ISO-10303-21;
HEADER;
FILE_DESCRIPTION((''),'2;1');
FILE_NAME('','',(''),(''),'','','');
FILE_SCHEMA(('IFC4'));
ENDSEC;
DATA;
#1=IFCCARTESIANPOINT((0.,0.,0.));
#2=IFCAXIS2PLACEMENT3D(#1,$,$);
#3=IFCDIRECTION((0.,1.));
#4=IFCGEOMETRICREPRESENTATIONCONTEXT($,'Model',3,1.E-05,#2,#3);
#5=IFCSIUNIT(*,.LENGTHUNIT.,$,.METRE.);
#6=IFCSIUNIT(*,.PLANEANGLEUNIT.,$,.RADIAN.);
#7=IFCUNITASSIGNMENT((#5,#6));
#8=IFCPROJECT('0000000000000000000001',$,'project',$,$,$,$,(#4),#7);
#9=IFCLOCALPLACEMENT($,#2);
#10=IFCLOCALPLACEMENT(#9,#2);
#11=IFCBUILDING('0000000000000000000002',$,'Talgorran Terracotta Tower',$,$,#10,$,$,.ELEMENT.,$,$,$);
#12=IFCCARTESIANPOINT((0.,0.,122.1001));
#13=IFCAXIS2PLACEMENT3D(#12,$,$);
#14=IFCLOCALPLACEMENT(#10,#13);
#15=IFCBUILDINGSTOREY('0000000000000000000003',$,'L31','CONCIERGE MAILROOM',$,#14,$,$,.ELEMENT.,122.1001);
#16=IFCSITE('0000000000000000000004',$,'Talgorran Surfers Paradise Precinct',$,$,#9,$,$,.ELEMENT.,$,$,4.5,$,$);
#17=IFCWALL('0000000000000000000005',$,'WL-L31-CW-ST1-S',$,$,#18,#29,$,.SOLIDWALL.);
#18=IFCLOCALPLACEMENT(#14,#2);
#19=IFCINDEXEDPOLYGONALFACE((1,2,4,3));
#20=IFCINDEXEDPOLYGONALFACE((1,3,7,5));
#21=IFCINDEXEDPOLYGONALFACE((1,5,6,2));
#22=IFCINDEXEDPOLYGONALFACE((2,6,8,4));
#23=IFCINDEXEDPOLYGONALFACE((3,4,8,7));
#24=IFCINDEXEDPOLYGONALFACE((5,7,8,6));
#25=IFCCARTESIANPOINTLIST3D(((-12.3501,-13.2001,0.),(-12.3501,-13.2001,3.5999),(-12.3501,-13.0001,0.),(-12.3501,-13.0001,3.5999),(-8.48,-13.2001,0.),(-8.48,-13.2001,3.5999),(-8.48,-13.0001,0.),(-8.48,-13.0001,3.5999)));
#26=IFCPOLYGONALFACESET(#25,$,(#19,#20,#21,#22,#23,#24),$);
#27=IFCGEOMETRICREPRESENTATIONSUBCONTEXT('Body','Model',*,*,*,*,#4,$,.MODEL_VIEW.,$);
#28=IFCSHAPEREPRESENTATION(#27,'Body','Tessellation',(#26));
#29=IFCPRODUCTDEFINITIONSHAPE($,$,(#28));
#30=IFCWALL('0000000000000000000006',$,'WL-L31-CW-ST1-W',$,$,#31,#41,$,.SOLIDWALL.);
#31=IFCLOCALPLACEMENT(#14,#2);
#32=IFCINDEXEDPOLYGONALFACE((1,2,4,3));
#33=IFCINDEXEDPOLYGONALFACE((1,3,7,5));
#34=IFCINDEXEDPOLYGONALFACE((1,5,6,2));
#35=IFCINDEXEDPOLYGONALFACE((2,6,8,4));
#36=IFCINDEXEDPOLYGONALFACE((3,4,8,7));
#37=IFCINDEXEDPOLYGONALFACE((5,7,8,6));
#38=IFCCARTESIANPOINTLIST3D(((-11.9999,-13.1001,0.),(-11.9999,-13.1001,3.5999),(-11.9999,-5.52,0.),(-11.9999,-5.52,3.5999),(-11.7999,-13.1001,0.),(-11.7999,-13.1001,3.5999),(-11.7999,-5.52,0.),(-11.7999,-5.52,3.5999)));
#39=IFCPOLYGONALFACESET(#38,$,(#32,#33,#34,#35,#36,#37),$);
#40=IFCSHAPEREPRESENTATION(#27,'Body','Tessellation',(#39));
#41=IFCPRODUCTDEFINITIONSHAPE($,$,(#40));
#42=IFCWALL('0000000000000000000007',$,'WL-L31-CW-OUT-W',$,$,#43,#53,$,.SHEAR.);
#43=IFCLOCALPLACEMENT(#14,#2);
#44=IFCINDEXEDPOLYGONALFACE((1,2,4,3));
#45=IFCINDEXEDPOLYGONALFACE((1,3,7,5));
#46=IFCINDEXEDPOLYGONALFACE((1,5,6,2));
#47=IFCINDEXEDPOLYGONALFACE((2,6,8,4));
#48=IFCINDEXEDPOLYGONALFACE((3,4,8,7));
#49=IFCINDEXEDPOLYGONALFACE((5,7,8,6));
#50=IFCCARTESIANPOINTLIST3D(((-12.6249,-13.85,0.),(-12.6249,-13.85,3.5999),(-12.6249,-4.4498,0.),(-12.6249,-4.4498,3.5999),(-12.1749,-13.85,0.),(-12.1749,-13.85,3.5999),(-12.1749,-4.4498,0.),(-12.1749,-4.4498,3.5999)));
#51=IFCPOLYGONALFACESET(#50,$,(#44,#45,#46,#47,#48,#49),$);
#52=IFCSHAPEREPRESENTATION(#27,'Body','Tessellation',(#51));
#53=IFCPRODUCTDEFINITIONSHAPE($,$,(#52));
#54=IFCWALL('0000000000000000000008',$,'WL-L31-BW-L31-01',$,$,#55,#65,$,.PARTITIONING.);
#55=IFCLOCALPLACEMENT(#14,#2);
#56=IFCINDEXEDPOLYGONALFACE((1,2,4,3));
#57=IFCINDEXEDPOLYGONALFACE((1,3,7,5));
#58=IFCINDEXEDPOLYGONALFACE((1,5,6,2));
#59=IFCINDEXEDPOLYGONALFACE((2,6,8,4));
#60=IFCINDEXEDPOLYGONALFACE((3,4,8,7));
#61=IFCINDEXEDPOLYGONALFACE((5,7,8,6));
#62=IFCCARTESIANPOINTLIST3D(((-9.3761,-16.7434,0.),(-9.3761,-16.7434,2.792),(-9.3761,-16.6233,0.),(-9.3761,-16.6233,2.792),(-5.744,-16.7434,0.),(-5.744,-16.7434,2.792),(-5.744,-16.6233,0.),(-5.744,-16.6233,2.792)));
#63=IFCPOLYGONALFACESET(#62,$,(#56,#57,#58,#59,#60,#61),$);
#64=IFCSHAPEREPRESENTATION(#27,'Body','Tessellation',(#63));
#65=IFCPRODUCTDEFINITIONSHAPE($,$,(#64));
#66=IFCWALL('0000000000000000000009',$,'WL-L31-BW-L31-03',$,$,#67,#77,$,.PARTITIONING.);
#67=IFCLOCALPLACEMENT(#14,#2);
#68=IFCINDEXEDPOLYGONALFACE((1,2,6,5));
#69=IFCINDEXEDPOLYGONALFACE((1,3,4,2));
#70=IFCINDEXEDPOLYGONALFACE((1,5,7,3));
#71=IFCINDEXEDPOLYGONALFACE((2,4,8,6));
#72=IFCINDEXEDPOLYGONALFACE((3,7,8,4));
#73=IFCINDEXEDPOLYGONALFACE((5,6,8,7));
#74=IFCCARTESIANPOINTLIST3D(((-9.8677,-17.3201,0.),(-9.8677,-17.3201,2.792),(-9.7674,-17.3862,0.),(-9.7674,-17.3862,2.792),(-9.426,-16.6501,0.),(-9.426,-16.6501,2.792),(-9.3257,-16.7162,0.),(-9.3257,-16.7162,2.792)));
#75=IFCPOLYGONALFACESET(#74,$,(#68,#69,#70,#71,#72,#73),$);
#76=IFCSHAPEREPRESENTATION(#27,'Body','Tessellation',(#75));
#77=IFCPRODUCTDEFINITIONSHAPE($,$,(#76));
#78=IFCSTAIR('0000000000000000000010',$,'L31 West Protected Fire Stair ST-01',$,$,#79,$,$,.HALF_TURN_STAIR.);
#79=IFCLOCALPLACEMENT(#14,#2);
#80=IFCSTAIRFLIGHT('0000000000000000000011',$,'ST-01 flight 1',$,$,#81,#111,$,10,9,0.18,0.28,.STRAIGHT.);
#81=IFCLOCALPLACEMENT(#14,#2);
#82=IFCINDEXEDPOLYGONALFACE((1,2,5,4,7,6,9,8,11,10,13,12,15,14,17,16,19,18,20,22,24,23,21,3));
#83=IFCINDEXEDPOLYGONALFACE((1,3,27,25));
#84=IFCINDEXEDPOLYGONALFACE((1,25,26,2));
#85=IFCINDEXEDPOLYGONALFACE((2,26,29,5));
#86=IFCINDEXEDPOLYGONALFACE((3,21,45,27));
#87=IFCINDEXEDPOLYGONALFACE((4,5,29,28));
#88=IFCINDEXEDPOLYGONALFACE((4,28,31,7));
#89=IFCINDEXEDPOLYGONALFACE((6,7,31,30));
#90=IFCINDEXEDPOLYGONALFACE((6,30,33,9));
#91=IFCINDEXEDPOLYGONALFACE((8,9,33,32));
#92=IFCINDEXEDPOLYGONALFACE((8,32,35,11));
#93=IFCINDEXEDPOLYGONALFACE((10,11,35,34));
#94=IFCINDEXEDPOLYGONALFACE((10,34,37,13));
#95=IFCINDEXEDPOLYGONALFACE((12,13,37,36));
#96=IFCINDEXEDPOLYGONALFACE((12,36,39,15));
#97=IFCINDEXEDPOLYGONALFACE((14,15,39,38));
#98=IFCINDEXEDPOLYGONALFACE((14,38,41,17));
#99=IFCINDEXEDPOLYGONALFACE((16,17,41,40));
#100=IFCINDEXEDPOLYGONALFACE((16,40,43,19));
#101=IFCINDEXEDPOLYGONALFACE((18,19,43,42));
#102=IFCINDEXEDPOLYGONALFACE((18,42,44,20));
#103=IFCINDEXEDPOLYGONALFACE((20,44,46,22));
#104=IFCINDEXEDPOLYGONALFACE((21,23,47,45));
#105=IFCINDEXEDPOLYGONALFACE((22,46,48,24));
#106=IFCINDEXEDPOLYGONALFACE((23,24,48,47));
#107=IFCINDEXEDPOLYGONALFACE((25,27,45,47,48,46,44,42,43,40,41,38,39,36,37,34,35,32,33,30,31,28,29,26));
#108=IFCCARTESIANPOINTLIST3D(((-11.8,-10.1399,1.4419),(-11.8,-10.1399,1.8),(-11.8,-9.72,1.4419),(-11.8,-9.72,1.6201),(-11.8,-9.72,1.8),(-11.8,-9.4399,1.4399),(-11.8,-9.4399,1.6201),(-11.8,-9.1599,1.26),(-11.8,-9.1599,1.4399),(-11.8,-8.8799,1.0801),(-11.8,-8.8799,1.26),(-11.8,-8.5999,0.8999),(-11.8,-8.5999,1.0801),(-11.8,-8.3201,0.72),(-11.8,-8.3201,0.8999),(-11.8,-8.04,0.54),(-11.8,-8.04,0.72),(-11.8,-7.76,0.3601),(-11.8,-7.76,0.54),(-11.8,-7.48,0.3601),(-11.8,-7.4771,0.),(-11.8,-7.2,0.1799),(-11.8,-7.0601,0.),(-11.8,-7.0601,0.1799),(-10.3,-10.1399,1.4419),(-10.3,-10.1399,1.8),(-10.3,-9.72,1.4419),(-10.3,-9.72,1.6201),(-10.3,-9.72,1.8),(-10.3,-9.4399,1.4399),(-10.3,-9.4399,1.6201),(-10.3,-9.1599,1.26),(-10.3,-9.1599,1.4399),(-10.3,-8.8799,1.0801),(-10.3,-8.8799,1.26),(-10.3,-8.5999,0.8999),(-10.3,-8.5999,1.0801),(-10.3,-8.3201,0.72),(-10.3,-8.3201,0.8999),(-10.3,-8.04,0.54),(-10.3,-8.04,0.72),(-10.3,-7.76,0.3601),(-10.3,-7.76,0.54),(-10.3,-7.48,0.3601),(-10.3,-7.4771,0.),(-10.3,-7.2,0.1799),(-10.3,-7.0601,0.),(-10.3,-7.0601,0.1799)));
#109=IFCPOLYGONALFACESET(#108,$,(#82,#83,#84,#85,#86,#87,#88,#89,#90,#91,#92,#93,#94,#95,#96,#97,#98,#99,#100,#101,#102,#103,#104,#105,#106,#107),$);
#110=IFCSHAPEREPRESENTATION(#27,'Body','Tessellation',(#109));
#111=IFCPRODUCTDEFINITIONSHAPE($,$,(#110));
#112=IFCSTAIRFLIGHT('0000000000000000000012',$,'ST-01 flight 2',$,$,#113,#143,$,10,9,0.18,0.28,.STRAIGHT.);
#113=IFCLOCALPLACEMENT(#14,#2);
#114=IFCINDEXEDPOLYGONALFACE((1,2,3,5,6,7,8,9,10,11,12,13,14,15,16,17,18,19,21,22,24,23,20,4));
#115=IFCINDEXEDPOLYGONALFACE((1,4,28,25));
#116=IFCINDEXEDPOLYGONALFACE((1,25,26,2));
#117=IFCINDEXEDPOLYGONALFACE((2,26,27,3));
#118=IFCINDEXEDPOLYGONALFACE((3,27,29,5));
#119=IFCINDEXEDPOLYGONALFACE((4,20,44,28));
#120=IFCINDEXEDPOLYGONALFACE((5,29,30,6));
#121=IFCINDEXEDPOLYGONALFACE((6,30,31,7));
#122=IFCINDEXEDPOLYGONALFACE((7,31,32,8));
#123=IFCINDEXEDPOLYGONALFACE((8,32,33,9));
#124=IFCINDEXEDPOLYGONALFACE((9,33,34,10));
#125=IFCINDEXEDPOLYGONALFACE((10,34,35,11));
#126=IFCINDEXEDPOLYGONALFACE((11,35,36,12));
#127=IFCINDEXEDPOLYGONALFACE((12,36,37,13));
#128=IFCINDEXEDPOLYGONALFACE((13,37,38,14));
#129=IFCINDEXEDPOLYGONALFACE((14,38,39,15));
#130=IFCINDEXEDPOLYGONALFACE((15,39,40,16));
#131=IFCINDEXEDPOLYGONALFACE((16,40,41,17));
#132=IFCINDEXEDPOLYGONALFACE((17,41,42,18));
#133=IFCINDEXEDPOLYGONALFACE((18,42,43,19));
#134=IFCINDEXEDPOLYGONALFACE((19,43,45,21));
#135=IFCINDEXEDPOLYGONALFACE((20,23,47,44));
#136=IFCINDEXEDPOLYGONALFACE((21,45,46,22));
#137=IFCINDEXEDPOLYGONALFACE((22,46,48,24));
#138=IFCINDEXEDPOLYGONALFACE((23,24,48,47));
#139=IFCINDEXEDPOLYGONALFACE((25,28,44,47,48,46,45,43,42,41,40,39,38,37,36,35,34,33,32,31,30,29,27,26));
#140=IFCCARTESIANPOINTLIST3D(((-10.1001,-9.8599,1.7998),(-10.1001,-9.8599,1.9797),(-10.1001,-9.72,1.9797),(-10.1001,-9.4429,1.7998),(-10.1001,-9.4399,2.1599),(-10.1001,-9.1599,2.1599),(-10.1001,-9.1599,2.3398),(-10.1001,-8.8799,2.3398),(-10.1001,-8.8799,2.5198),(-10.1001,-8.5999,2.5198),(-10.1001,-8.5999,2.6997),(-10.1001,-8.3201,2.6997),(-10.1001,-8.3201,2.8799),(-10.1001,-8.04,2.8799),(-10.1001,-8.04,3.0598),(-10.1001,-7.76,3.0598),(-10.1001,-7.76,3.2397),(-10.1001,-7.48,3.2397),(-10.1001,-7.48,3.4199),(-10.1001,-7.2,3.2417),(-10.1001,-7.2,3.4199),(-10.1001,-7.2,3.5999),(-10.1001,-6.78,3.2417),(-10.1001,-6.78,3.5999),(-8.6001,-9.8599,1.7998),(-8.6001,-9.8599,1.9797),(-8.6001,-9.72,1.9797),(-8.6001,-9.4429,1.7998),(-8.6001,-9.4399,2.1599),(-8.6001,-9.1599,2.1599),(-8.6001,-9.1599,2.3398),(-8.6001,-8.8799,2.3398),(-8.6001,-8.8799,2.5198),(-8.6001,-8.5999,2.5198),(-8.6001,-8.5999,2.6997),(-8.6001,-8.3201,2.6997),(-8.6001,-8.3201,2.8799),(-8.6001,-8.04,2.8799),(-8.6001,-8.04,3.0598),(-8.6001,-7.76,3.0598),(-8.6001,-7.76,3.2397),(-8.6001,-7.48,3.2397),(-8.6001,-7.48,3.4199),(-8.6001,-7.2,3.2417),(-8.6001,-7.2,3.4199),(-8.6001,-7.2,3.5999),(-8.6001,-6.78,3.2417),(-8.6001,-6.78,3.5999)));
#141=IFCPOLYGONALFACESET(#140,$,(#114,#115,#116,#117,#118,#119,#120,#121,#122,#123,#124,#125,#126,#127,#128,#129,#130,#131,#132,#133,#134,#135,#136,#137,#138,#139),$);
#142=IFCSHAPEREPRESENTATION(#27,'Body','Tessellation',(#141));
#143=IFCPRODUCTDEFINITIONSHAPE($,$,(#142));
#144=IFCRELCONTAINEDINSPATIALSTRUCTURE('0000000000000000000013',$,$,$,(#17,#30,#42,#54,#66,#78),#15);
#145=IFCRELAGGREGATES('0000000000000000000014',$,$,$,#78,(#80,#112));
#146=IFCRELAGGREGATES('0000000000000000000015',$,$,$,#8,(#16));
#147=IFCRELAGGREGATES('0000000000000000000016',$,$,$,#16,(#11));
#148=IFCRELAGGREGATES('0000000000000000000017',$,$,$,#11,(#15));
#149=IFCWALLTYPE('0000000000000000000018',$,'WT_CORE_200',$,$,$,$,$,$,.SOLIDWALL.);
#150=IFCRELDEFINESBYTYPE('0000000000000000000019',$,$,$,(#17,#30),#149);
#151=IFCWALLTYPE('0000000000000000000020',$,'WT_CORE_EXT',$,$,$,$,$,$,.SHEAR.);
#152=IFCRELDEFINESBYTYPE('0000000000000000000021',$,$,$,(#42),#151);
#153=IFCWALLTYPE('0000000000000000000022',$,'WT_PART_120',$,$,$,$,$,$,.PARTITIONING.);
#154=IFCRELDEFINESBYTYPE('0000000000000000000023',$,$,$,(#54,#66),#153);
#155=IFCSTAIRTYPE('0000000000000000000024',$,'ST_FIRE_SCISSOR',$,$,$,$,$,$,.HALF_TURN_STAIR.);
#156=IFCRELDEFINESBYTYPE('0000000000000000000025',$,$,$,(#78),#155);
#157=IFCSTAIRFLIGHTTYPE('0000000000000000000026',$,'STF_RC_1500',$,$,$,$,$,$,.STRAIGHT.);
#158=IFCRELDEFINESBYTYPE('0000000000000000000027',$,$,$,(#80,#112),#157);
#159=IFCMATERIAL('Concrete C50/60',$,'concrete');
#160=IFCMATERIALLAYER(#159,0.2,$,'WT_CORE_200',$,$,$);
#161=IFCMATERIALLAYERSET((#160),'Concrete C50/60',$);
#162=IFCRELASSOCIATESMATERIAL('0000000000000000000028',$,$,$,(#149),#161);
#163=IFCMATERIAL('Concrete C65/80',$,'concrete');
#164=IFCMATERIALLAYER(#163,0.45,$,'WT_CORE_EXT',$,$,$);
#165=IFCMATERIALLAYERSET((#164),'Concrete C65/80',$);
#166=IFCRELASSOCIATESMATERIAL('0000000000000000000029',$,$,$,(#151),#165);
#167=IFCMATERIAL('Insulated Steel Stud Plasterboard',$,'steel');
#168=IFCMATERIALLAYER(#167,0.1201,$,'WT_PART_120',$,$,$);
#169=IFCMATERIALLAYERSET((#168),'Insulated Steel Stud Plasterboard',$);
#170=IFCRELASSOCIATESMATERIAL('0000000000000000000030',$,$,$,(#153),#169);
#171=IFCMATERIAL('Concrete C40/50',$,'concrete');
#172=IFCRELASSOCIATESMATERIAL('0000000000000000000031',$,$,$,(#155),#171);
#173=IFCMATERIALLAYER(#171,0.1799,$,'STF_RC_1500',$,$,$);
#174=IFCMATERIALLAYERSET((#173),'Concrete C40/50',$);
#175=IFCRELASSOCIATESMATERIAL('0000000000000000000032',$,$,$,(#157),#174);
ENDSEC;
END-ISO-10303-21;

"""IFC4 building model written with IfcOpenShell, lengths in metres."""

from ifc_helpers import new_model, si_unit, direction, frame, frame_2d, origin, place, context, subcontext, project, spatial, polyline, rectangle, outline, extrude, material, layer, layer_set, type_object, element, aggregate, save


model = new_model("IFC4")

# Units and contexts
model_context = context("Model", 3, precision=1e-05, world=origin(), true_north=direction((0.0, 1.0)))
body_context = subcontext(model_context, "Body", "Model", "MODEL_VIEW")
ifc_project = project(units=[si_unit("LENGTHUNIT", "METRE"), si_unit("PLANEANGLEUNIT", "RADIAN")], contexts=[model_context])

# Site, building, storey
site_placement = place(None, origin())
site = spatial("IfcSite", under=ifc_project, at=site_placement, Name="Talgorran Surfers Paradise Precinct", CompositionType="ELEMENT", RefElevation=4.5)
building_placement = place(site_placement, origin())
building = spatial("IfcBuilding", under=site, at=building_placement, Name="Talgorran Terracotta Tower", CompositionType="ELEMENT")
storey_placement = place(building_placement, frame((0.0, 0.0, 122.1001)))
storey = spatial("IfcBuildingStorey", under=building, at=storey_placement, Name="L31", Description="CONCIERGE MAILROOM", CompositionType="ELEMENT", Elevation=122.1001)

# Walls
ifc_material_1 = material(Name="Concrete C50/60", Category="concrete")
ifc_layer_1 = layer(ifc_material_1, 0.2, Name="WT_CORE_200")
ifc_layer_set_1 = layer_set([ifc_layer_1], Name="Concrete C50/60")
wall_type_1 = type_object("IfcWallType", Name="WT_CORE_200", PredefinedType="SOLIDWALL", material=ifc_layer_set_1)
wall_1_placement = place(storey_placement, frame((-12.3501, -13.1001, 0.0), z_axis=(0.0, 0.0, 1.0), x_axis=(1.0, 0.0, 0.0)))
element("IfcWall", 1, at=wall_1_placement, inside=storey, type_object=wall_type_1, Name="WL-L31-CW-ST1-S", PredefinedType="SOLIDWALL", context=body_context, shape_type="SweptSolid", body=[
    extrude(rectangle(XDim=3.8701, YDim=0.2, at=frame_2d((1.9351, 0.0))), origin(), (0.0, 0.0, 1.0), 3.5999),
])
wall_2_placement = place(storey_placement, frame((-11.8999, -13.1001, 0.0), z_axis=(0.0, 0.0, 1.0), x_axis=(0.0, 1.0, 0.0)))
element("IfcWall", 2, at=wall_2_placement, inside=storey, type_object=wall_type_1, Name="WL-L31-CW-ST1-W", PredefinedType="SOLIDWALL", context=body_context, shape_type="SweptSolid", body=[
    extrude(rectangle(XDim=7.5801, YDim=0.2, at=frame_2d((3.79, 0.0))), origin(), (0.0, 0.0, 1.0), 3.5999),
])
ifc_material_2 = material(Name="Concrete C65/80", Category="concrete")
ifc_layer_2 = layer(ifc_material_2, 0.45, Name="WT_CORE_EXT")
ifc_layer_set_2 = layer_set([ifc_layer_2], Name="Concrete C65/80")
wall_type_2 = type_object("IfcWallType", Name="WT_CORE_EXT", PredefinedType="SHEAR", material=ifc_layer_set_2)
wall_3_placement = place(storey_placement, frame((-12.3999, -13.8501, 0.0), z_axis=(0.0, 0.0, 1.0), x_axis=(0.0, 1.0, 0.0)))
element("IfcWall", 3, at=wall_3_placement, inside=storey, type_object=wall_type_2, Name="WL-L31-CW-OUT-W", PredefinedType="SHEAR", context=body_context, shape_type="SweptSolid", body=[
    extrude(rectangle(XDim=9.4001, YDim=0.45, at=frame_2d((4.7002, 0.0))), origin(), (0.0, 0.0, 1.0), 3.5999),
])
ifc_material_3 = material(Name="Insulated Steel Stud Plasterboard", Category="steel")
ifc_layer_3 = layer(ifc_material_3, 0.1201, Name="WT_PART_120")
ifc_layer_set_3 = layer_set([ifc_layer_3], Name="Insulated Steel Stud Plasterboard")
wall_type_3 = type_object("IfcWallType", Name="WT_PART_120", PredefinedType="PARTITIONING", material=ifc_layer_set_3)
wall_4_placement = place(storey_placement, frame((-9.376, -16.6833, 0.0), z_axis=(0.0, 0.0, 1.0), x_axis=(1.0, 0.0, 0.0)))
element("IfcWall", 4, at=wall_4_placement, inside=storey, type_object=wall_type_3, Name="WL-L31-BW-L31-01", PredefinedType="PARTITIONING", context=body_context, shape_type="SweptSolid", body=[
    extrude(rectangle(XDim=3.6321, YDim=0.1201, at=frame_2d((1.8159, 0.0))), origin(), (0.0, 0.0, 1.0), 2.792),
])
wall_5_placement = place(storey_placement, frame((-9.8176, -17.3533, 0.0), z_axis=(0.0, 0.0, 1.0), x_axis=(0.55041, 0.834895, 0.0)))
element("IfcWall", 5, at=wall_5_placement, inside=storey, type_object=wall_type_3, Name="WL-L31-BW-L31-03", PredefinedType="PARTITIONING", context=body_context, shape_type="SweptSolid", body=[
    extrude(rectangle(XDim=0.8025, YDim=0.1201, at=frame_2d((0.4014, 0.0))), origin(), (0.0, 0.0, 1.0), 2.792),
])

# Stair, stair flights
ifc_material_4 = material(Name="Concrete C40/50", Category="concrete")
stair_type = type_object("IfcStairType", Name="ST_FIRE_SCISSOR", PredefinedType="HALF_TURN_STAIR", material=ifc_material_4)
stair_placement = place(storey_placement, origin())
stair = element("IfcStair", 6, at=stair_placement, inside=storey, type_object=stair_type, Name="L31 West Protected Fire Stair ST-01", PredefinedType="HALF_TURN_STAIR")
ifc_layer_4 = layer(ifc_material_4, 0.1799, Name="STF_RC_1500")
ifc_layer_set_4 = layer_set([ifc_layer_4], Name="Concrete C40/50")
stair_flight_type = type_object("IfcStairFlightType", Name="STF_RC_1500", PredefinedType="STRAIGHT", material=ifc_layer_set_4)
stair_flight_1_placement = place(storey_placement, frame((-11.05, -7.2, 0.0), z_axis=(0.0, 0.0, 1.0), x_axis=(0.0, -1.0, 0.0)))
stair_flight_1 = element("IfcStairFlight", 7, at=stair_flight_1_placement, type_object=stair_flight_type, Name="ST-01 flight 1", NumberOfRisers=10, NumberOfTreads=9, PredefinedType="STRAIGHT", RiserHeight=0.18, TreadLength=0.28, context=body_context, shape_type="SweptSolid", body=[
    extrude(outline(polyline([(-0.1399, 0.0), (-0.1399, 0.1799), (0.0, 0.1799), (0.28, 0.3601), (0.5601, 0.3601), (0.5601, 0.54), (0.8401, 0.54), (0.8401, 0.72), (1.1201, 0.72), (1.1201, 0.8999), (1.3999, 0.8999), (1.3999, 1.0801), (1.6799, 1.0801), (1.6799, 1.26), (1.96, 1.26), (1.96, 1.4399), (2.24, 1.4399), (2.24, 1.6201), (2.52, 1.6201), (2.52, 1.8), (2.9399, 1.8), (2.9399, 1.4419), (2.52, 1.4419), (0.2771, 0.0), (-0.1399, 0.0)])), frame((0.0, 0.75, 0.0), z_axis=(0.0, -1.0, 0.0), x_axis=(1.0, 0.0, 0.0)), (0.0, 0.0, 1.0), 1.5),
])
stair_flight_2_placement = place(storey_placement, frame((-9.3501, -9.72, 1.7998), z_axis=(0.0, 0.0, 1.0), x_axis=(0.0, 1.0, 0.0)))
stair_flight_2 = element("IfcStairFlight", 8, at=stair_flight_2_placement, type_object=stair_flight_type, Name="ST-01 flight 2", NumberOfRisers=10, NumberOfTreads=9, PredefinedType="STRAIGHT", RiserHeight=0.18, TreadLength=0.28, context=body_context, shape_type="SweptSolid", body=[
    extrude(outline(polyline([(-0.1399, 0.0), (-0.1399, 0.1799), (0.0, 0.1799), (0.28, 0.3601), (0.5601, 0.3601), (0.5601, 0.54), (0.8401, 0.54), (0.8401, 0.72), (1.1201, 0.72), (1.1201, 0.8999), (1.3999, 0.8999), (1.3999, 1.0801), (1.6799, 1.0801), (1.6799, 1.26), (1.96, 1.26), (1.96, 1.4399), (2.24, 1.4399), (2.24, 1.6201), (2.52, 1.6201), (2.52, 1.8), (2.9399, 1.8), (2.9399, 1.4419), (2.52, 1.4419), (0.2771, 0.0), (-0.1399, 0.0)])), frame((0.0, 0.75, 0.0), z_axis=(0.0, -1.0, 0.0), x_axis=(1.0, 0.0, 0.0)), (0.0, 0.0, 1.0), 1.5),
])
aggregate(stair, [stair_flight_1, stair_flight_2])

save(model, "model.ifc")
